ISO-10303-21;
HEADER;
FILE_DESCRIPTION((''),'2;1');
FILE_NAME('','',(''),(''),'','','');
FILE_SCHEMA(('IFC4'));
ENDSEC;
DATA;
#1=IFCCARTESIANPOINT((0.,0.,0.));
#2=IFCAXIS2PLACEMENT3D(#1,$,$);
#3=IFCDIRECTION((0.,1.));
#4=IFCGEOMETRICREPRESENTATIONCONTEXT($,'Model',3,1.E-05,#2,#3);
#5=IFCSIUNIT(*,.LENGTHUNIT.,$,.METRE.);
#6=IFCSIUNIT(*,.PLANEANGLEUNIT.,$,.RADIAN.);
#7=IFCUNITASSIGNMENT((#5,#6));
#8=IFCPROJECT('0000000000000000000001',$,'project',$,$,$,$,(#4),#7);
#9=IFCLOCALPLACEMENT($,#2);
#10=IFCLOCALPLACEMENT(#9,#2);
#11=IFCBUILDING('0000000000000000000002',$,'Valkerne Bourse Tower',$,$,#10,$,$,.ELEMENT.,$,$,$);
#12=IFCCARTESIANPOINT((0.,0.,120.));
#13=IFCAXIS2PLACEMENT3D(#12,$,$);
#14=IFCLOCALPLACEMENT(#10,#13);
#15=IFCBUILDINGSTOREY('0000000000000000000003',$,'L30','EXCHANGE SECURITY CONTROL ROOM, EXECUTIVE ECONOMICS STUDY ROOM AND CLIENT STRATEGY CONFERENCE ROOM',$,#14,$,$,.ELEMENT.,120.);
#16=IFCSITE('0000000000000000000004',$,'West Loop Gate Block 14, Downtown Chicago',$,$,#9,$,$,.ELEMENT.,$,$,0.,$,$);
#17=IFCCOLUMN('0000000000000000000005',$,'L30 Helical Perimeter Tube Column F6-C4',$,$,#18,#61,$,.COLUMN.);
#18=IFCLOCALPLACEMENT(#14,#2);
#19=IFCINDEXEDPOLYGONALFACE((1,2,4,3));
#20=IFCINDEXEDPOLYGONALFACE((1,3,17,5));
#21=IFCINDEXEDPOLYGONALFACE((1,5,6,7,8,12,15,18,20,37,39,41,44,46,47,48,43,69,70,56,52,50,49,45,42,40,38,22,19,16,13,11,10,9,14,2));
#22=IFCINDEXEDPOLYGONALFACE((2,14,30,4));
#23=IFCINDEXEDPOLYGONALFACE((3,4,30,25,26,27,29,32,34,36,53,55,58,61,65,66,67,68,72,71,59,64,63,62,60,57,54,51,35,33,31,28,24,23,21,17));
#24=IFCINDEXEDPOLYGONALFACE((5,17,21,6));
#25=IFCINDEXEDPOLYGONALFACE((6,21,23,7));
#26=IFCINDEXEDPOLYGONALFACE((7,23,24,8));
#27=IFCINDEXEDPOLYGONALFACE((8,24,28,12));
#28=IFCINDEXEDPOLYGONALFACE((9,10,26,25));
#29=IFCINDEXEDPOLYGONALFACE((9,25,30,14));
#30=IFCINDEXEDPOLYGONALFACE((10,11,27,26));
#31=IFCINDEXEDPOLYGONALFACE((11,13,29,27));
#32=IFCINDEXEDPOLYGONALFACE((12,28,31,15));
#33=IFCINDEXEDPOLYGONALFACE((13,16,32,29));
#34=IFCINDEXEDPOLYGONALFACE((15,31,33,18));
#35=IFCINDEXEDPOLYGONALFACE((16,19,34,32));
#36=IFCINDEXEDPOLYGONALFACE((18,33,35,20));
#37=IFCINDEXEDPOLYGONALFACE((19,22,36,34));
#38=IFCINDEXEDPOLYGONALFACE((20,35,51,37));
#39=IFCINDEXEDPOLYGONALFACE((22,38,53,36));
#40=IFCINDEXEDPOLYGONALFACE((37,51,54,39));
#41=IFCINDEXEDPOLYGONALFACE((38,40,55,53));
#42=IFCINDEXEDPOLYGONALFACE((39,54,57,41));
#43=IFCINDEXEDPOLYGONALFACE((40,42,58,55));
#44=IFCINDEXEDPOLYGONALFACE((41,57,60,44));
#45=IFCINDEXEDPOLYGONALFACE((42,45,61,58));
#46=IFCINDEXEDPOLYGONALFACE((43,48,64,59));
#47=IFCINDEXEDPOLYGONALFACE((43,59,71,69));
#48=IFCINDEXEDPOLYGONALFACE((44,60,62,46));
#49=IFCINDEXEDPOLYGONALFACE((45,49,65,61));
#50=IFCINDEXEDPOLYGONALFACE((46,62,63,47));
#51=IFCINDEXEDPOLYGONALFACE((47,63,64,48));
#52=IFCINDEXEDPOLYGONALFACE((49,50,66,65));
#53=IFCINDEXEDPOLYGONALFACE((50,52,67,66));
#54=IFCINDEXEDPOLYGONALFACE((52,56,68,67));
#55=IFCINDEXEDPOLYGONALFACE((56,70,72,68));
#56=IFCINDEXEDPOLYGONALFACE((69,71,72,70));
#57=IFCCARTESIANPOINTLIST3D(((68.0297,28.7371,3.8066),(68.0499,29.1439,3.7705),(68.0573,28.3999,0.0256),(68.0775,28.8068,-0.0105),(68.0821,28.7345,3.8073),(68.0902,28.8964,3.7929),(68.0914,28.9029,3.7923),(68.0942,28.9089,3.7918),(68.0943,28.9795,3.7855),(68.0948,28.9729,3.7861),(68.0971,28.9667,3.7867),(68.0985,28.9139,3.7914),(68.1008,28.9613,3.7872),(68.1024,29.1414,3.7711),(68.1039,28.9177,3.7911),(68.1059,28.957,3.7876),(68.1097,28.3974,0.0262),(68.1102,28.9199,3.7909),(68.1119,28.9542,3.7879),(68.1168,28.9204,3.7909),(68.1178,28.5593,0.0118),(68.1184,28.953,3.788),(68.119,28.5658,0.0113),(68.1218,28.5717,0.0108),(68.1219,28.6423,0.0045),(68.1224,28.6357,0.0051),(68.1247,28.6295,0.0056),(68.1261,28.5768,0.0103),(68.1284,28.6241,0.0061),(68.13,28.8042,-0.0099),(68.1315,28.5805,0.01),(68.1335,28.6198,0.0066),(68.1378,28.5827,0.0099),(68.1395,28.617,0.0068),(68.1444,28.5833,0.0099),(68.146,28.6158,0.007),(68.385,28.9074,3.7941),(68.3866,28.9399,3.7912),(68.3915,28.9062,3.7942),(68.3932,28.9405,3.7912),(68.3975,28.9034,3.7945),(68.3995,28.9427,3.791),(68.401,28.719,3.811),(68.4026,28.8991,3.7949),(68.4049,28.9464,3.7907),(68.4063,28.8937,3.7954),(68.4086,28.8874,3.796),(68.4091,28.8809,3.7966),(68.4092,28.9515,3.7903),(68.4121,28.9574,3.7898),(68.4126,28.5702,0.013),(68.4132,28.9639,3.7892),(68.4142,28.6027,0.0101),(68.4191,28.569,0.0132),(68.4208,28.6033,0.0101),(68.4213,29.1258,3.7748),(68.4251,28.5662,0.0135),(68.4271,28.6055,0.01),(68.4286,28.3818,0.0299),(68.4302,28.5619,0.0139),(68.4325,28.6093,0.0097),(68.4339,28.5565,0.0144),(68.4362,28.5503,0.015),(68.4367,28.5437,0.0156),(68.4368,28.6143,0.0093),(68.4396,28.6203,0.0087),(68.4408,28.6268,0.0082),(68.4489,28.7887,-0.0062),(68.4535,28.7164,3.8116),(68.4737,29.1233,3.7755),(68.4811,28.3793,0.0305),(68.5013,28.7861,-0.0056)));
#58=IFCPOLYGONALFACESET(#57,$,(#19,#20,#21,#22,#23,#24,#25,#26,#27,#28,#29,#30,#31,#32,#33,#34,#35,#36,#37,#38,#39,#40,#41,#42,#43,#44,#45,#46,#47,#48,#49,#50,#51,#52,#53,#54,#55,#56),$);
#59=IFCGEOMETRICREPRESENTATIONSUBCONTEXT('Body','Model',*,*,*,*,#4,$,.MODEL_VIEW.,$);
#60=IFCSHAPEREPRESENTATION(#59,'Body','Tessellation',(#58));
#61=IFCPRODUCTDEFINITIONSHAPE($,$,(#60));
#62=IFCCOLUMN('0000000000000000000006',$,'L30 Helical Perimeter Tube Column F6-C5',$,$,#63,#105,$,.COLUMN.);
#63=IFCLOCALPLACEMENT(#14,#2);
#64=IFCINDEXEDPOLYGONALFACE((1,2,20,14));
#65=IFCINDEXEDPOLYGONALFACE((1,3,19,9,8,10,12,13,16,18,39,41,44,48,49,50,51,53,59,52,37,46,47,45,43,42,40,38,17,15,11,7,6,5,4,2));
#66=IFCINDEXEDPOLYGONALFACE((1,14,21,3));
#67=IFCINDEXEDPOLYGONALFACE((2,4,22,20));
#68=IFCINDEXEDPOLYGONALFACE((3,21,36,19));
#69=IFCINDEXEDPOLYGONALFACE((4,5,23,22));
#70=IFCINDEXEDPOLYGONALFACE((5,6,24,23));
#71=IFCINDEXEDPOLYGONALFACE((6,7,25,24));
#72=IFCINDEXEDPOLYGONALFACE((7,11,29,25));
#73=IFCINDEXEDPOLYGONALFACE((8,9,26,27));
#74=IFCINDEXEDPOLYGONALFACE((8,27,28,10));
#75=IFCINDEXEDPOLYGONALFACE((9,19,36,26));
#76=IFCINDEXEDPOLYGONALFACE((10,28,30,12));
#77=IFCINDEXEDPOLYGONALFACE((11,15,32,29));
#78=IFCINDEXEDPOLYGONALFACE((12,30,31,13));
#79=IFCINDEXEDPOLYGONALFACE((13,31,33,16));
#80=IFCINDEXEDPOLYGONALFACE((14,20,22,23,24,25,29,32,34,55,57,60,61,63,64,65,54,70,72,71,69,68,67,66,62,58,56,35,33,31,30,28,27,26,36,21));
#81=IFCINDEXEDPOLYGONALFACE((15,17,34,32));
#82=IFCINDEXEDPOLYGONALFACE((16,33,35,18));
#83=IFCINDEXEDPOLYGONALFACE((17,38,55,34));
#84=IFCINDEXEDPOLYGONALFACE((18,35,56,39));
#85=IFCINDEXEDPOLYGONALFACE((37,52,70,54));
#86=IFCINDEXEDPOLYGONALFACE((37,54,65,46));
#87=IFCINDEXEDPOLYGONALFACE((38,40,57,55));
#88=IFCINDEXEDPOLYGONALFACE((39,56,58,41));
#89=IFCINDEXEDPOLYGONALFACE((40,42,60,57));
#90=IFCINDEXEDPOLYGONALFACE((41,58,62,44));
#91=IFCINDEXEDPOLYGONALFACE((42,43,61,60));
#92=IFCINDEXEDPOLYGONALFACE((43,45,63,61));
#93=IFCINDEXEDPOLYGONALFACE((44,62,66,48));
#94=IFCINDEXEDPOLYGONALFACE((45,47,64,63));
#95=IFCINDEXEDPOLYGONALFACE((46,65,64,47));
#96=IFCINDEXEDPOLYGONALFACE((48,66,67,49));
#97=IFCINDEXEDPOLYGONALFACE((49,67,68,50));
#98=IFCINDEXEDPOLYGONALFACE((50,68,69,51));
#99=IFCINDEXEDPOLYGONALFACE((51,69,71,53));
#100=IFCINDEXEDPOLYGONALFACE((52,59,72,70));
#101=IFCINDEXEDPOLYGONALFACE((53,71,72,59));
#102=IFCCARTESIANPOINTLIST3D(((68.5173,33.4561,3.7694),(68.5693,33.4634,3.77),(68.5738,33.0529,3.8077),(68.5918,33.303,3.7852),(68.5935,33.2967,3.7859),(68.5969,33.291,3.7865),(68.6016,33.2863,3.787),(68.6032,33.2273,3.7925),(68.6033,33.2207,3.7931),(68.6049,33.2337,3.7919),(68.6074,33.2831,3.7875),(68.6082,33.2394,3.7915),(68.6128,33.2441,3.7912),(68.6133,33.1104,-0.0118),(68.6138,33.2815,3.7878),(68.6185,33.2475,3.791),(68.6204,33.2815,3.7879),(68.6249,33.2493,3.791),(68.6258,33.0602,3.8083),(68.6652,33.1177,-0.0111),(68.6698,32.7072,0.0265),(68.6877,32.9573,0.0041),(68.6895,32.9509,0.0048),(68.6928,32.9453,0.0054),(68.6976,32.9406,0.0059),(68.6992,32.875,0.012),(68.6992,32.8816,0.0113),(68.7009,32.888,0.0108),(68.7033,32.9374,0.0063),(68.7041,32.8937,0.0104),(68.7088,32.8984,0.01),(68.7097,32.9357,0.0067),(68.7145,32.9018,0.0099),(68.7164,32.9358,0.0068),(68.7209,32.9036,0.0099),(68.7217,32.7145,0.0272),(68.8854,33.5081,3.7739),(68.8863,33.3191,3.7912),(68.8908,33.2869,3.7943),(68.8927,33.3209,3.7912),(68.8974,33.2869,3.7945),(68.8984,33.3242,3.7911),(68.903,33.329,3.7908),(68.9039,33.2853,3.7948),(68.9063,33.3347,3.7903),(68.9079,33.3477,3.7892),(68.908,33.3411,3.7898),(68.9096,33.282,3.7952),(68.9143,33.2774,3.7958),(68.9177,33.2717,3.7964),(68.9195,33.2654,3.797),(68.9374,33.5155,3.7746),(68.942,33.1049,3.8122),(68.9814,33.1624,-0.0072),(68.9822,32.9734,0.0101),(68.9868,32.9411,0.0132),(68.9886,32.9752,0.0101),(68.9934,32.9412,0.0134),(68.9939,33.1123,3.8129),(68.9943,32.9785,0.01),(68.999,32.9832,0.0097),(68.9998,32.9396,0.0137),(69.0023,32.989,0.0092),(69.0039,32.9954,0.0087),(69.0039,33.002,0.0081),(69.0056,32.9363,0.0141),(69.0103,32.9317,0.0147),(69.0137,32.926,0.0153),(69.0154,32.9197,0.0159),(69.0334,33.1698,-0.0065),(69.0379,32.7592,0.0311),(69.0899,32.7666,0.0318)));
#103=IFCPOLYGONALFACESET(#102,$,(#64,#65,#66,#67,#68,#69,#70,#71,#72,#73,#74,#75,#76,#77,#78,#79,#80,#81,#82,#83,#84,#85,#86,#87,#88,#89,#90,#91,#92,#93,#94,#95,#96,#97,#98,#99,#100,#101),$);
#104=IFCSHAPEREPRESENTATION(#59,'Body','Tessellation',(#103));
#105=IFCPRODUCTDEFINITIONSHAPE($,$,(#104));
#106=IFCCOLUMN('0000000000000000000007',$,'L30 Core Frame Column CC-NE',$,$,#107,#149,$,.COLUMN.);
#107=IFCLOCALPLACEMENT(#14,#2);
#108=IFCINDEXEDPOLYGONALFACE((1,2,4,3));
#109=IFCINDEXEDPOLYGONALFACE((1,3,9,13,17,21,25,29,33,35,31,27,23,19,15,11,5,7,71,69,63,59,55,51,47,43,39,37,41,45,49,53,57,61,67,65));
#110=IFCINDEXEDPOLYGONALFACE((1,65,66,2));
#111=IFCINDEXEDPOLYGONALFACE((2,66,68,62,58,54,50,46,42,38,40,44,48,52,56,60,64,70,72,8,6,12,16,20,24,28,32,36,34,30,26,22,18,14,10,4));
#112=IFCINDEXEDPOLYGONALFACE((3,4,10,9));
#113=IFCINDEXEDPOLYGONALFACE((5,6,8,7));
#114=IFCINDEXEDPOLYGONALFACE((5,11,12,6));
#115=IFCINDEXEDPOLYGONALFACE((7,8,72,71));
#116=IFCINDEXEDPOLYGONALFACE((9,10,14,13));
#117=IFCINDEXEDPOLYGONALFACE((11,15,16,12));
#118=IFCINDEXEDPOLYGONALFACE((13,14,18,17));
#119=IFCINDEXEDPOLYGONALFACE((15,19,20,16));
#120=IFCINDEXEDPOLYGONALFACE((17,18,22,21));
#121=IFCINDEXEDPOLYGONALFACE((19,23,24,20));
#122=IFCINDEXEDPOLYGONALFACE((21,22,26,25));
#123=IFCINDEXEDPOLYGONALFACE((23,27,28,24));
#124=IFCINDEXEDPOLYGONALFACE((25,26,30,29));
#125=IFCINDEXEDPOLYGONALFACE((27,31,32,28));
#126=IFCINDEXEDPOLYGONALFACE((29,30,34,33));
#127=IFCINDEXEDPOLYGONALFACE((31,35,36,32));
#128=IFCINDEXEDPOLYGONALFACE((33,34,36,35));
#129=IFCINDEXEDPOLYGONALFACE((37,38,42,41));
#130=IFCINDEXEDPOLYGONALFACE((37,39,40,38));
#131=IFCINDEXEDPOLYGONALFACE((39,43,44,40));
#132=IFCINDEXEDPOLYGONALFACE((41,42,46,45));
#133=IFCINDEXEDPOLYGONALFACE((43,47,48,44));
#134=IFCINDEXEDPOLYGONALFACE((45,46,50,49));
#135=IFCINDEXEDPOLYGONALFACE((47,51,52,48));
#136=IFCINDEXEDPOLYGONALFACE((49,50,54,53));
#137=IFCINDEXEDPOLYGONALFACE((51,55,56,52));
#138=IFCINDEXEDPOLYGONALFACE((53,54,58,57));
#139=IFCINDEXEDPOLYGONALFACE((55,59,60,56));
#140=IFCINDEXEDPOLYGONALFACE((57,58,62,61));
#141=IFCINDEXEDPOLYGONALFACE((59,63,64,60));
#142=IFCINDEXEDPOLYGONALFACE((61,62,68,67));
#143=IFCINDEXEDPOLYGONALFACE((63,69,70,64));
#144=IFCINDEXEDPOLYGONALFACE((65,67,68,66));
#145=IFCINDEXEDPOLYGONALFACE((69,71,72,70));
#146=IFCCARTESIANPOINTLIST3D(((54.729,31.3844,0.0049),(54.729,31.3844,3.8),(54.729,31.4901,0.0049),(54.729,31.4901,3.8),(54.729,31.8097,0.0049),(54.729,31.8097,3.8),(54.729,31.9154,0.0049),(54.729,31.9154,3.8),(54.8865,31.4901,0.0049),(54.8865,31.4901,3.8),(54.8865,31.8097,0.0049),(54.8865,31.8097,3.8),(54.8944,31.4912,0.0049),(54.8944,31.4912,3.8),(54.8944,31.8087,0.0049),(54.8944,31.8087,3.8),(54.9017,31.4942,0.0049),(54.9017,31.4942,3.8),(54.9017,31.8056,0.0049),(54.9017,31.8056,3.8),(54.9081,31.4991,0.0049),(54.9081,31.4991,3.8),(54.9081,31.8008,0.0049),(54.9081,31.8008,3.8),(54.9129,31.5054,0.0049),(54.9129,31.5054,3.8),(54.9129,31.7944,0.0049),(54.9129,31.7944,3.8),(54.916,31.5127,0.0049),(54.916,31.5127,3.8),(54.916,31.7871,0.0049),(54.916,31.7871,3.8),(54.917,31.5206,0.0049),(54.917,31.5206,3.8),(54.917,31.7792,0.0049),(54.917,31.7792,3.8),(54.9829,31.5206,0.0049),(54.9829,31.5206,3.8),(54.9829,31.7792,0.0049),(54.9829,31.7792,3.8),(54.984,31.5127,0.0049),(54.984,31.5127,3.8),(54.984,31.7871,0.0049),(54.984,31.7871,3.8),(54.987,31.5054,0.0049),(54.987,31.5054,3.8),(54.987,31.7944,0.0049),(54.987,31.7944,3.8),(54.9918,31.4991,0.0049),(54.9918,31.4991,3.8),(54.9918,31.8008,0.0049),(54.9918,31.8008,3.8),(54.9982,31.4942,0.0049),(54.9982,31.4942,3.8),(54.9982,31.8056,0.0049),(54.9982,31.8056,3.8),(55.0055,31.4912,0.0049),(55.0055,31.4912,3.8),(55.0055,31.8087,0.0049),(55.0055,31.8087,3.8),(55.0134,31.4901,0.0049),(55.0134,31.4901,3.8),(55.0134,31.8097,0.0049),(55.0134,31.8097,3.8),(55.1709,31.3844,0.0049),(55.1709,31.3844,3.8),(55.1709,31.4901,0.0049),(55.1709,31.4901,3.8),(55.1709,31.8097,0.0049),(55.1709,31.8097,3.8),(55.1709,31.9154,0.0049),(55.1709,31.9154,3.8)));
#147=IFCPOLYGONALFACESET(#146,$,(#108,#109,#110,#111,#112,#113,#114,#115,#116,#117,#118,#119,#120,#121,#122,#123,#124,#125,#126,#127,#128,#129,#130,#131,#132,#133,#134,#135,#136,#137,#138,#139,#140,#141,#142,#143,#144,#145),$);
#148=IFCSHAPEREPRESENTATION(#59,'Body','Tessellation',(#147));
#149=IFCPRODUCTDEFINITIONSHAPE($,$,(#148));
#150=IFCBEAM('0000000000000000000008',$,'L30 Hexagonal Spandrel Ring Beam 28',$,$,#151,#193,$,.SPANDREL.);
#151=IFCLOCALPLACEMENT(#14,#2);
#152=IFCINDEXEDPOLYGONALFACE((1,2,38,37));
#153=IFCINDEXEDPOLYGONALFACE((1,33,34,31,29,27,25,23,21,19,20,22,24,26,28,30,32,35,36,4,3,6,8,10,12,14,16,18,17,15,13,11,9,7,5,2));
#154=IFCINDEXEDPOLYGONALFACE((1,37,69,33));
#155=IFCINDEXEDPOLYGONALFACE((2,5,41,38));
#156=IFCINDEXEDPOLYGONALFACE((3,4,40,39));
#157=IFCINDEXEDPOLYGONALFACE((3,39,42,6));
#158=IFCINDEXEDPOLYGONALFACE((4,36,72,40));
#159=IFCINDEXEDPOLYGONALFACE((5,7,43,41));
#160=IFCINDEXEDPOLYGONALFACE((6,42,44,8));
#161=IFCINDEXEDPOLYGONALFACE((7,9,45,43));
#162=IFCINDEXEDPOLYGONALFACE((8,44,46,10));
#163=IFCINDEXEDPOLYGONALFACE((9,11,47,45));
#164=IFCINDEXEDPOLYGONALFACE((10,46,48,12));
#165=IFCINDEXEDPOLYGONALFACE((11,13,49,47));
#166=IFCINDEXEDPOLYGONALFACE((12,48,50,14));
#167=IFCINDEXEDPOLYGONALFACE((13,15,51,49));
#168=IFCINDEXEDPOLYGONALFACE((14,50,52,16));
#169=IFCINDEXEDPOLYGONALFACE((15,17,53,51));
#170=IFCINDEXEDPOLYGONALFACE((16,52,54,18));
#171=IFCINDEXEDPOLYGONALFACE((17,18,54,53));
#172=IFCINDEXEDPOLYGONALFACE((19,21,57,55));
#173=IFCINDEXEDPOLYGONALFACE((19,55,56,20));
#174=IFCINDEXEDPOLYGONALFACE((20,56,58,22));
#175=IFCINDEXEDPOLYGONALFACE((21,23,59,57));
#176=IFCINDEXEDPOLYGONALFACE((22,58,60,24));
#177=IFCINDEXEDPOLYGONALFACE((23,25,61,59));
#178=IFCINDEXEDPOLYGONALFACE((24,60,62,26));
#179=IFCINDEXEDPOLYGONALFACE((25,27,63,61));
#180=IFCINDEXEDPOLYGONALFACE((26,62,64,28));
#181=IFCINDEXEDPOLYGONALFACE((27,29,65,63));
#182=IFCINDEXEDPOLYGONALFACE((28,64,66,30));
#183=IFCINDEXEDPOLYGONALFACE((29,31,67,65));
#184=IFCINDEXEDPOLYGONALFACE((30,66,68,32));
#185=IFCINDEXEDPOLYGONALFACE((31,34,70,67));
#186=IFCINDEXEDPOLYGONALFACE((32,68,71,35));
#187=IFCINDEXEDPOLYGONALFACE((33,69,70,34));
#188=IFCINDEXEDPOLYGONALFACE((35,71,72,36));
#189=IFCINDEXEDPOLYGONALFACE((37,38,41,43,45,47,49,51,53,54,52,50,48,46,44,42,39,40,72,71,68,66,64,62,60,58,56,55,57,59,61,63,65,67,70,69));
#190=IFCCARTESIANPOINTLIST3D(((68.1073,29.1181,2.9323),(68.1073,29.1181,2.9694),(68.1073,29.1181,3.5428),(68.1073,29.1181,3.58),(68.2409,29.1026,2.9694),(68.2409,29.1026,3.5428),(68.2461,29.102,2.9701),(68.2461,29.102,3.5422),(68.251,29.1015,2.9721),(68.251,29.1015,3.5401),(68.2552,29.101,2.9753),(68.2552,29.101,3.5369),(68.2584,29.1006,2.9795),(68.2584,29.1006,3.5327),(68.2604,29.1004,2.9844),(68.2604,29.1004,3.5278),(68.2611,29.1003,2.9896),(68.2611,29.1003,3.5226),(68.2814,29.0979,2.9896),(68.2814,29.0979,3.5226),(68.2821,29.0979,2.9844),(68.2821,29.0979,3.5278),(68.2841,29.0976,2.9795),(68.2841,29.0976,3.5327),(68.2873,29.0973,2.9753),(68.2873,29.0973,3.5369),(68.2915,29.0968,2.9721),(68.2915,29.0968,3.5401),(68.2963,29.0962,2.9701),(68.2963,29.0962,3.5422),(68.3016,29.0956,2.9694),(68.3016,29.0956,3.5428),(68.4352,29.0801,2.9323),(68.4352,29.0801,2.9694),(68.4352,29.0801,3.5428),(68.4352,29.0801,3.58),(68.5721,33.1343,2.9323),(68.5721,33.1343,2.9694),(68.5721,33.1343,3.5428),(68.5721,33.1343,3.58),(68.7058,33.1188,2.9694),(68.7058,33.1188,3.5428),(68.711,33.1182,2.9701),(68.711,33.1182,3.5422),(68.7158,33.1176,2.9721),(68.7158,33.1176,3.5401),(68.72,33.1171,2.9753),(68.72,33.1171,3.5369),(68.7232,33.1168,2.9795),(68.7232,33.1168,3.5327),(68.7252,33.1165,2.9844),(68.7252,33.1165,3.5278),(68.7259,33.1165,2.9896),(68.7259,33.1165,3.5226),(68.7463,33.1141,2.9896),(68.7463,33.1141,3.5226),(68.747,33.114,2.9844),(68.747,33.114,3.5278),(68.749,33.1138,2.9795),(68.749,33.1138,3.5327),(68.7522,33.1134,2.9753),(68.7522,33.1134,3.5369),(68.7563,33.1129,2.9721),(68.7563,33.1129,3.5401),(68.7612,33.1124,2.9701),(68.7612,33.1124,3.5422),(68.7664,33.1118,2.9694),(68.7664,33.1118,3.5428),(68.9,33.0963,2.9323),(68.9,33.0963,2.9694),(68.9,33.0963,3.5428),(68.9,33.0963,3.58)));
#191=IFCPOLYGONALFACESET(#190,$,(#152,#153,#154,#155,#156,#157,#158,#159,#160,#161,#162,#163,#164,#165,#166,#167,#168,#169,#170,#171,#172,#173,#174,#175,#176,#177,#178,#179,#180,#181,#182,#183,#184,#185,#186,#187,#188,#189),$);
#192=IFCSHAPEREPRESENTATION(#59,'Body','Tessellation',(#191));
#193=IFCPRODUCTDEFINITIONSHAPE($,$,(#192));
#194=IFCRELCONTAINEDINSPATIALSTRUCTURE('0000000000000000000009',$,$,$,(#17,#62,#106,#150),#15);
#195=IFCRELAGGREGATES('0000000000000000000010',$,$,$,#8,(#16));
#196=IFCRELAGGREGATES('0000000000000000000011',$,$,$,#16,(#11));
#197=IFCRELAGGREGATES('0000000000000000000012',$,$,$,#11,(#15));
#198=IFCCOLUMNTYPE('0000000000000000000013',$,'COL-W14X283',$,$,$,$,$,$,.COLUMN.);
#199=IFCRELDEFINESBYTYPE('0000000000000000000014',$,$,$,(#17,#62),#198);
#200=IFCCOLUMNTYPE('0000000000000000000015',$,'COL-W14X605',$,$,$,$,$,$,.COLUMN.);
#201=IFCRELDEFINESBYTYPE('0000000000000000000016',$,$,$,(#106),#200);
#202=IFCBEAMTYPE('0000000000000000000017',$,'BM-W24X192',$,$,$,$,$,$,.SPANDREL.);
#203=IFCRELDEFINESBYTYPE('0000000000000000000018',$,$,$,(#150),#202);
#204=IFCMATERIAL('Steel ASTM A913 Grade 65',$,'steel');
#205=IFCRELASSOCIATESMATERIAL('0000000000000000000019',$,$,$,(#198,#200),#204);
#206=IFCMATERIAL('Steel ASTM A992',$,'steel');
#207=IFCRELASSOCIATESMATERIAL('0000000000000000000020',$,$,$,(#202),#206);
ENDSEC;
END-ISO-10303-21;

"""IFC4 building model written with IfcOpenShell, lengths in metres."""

from ifc_helpers import new_model, si_unit, direction, frame, origin, origin_2d, place, context, subcontext, project, spatial, i_section, extrude, material, material_profile, profile_set, type_object, element, save


model = new_model("IFC4")

# Units and contexts
model_context = context("Model", 3, precision=1e-05, world=origin(), true_north=direction((0.0, 1.0)))
body_context = subcontext(model_context, "Body", "Model", "MODEL_VIEW")
ifc_project = project(units=[si_unit("LENGTHUNIT", "METRE"), si_unit("PLANEANGLEUNIT", "RADIAN")], contexts=[model_context])

# Site, building, storey
site_placement = place(None, origin())
site = spatial("IfcSite", under=ifc_project, at=site_placement, Name="West Loop Gate Block 14, Downtown Chicago", CompositionType="ELEMENT", RefElevation=0.0)
building_placement = place(site_placement, origin())
building = spatial("IfcBuilding", under=site, at=building_placement, Name="Valkerne Bourse Tower", CompositionType="ELEMENT")
storey_placement = place(building_placement, frame((0.0, 0.0, 120.0)))
storey = spatial("IfcBuildingStorey", under=building, at=storey_placement, Name="L30", Description="EXCHANGE SECURITY CONTROL ROOM, EXECUTIVE ECONOMICS STUDY ROOM AND CLIENT STRATEGY CONFERENCE ROOM", CompositionType="ELEMENT", Elevation=120.0)

# Columns
ifc_material_1 = material(Name="Steel ASTM A913 Grade 65", Category="steel")
ifc_material_profile_1 = material_profile(ifc_material_1, i_section(OverallWidth=0.4089, OverallDepth=0.4243, WebThickness=0.0327, FlangeThickness=0.0525, FilletRadius=0.0254, at=origin_2d()), Name="W14X283")
ifc_profile_set_1 = profile_set([ifc_material_profile_1], Name="Steel ASTM A913 Grade 65")
column_type_1 = type_object("IfcColumnType", Name="COL-W14X283", PredefinedType="COLUMN", material=ifc_profile_set_1)
column_1_placement = place(storey_placement, frame((68.2793, 28.593, 0.01), z_axis=(-0.007267, 0.088817, 0.996021), x_axis=(-0.049559, -0.994856, 0.088351)))
element("IfcColumn", 1, at=column_1_placement, inside=storey, type_object=column_type_1, Name="L30 Helical Perimeter Tube Column F6-C4", PredefinedType="COLUMN", context=body_context, shape_type="SweptSolid", body=[
    extrude(i_section(OverallWidth=0.4089, OverallDepth=0.4243, WebThickness=0.0327, FlangeThickness=0.0525, FilletRadius=0.0254, at=origin_2d()), origin(), (0.0, 0.0, 1.0), 3.7961),
])
column_2_placement = place(storey_placement, frame((68.8516, 32.9385, 0.01), z_axis=(-0.025263, 0.091023, 0.995528), x_axis=(0.138188, -0.985968, 0.093655)))
element("IfcColumn", 2, at=column_2_placement, inside=storey, type_object=column_type_1, Name="L30 Helical Perimeter Tube Column F6-C5", PredefinedType="COLUMN", context=body_context, shape_type="SweptSolid", body=[
    extrude(i_section(OverallWidth=0.4089, OverallDepth=0.4243, WebThickness=0.0327, FlangeThickness=0.0525, FilletRadius=0.0254, at=origin_2d()), origin(), (0.0, 0.0, 1.0), 3.7981),
])
ifc_material_profile_2 = material_profile(ifc_material_1, i_section(OverallWidth=0.4419, OverallDepth=0.531, WebThickness=0.0659, FlangeThickness=0.1057, FilletRadius=0.0305, at=origin_2d()), Name="W14X605")
ifc_profile_set_2 = profile_set([ifc_material_profile_2], Name="Steel ASTM A913 Grade 65")
column_type_2 = type_object("IfcColumnType", Name="COL-W14X605", PredefinedType="COLUMN", material=ifc_profile_set_2)
column_3_placement = place(storey_placement, frame((54.95, 31.6499, 0.0049), z_axis=(0.0, 0.0, 1.0), x_axis=(1.0, 0.0, 0.0)))
element("IfcColumn", 3, at=column_3_placement, inside=storey, type_object=column_type_2, Name="L30 Core Frame Column CC-NE", PredefinedType="COLUMN", context=body_context, shape_type="SweptSolid", body=[
    extrude(i_section(OverallWidth=0.4419, OverallDepth=0.531, WebThickness=0.0659, FlangeThickness=0.1057, FilletRadius=0.0305, at=origin_2d()), origin(), (0.0, 0.0, 1.0), 3.7952),
])

# Beam
ifc_material_2 = material(Name="Steel ASTM A992", Category="steel")
ifc_material_profile_3 = material_profile(ifc_material_2, i_section(OverallWidth=0.3301, OverallDepth=0.6477, WebThickness=0.0205, FlangeThickness=0.0371, FilletRadius=0.0203, at=origin_2d()), Name="W24X192")
ifc_profile_set_3 = profile_set([ifc_material_profile_3], Name="Steel ASTM A992")
beam_type_1 = type_object("IfcBeamType", Name="BM-W24X192", PredefinedType="SPANDREL", material=ifc_profile_set_3)
beam_1_placement = place(storey_placement, frame((68.2712, 29.0991, 3.2561), z_axis=(0.114977, 0.993368, 0.0), x_axis=(-0.993368, 0.114977, 0.0)))
element("IfcBeam", 4, at=beam_1_placement, inside=storey, type_object=beam_type_1, Name="L30 Hexagonal Spandrel Ring Beam 28", PredefinedType="SPANDREL", context=body_context, shape_type="SweptSolid", body=[
    extrude(i_section(OverallWidth=0.3301, OverallDepth=0.6477, WebThickness=0.0205, FlangeThickness=0.0371, FilletRadius=0.0203, at=origin_2d()), origin(), (0.0, 0.0, 1.0), 4.043),
])

save(model, "model.ifc")
